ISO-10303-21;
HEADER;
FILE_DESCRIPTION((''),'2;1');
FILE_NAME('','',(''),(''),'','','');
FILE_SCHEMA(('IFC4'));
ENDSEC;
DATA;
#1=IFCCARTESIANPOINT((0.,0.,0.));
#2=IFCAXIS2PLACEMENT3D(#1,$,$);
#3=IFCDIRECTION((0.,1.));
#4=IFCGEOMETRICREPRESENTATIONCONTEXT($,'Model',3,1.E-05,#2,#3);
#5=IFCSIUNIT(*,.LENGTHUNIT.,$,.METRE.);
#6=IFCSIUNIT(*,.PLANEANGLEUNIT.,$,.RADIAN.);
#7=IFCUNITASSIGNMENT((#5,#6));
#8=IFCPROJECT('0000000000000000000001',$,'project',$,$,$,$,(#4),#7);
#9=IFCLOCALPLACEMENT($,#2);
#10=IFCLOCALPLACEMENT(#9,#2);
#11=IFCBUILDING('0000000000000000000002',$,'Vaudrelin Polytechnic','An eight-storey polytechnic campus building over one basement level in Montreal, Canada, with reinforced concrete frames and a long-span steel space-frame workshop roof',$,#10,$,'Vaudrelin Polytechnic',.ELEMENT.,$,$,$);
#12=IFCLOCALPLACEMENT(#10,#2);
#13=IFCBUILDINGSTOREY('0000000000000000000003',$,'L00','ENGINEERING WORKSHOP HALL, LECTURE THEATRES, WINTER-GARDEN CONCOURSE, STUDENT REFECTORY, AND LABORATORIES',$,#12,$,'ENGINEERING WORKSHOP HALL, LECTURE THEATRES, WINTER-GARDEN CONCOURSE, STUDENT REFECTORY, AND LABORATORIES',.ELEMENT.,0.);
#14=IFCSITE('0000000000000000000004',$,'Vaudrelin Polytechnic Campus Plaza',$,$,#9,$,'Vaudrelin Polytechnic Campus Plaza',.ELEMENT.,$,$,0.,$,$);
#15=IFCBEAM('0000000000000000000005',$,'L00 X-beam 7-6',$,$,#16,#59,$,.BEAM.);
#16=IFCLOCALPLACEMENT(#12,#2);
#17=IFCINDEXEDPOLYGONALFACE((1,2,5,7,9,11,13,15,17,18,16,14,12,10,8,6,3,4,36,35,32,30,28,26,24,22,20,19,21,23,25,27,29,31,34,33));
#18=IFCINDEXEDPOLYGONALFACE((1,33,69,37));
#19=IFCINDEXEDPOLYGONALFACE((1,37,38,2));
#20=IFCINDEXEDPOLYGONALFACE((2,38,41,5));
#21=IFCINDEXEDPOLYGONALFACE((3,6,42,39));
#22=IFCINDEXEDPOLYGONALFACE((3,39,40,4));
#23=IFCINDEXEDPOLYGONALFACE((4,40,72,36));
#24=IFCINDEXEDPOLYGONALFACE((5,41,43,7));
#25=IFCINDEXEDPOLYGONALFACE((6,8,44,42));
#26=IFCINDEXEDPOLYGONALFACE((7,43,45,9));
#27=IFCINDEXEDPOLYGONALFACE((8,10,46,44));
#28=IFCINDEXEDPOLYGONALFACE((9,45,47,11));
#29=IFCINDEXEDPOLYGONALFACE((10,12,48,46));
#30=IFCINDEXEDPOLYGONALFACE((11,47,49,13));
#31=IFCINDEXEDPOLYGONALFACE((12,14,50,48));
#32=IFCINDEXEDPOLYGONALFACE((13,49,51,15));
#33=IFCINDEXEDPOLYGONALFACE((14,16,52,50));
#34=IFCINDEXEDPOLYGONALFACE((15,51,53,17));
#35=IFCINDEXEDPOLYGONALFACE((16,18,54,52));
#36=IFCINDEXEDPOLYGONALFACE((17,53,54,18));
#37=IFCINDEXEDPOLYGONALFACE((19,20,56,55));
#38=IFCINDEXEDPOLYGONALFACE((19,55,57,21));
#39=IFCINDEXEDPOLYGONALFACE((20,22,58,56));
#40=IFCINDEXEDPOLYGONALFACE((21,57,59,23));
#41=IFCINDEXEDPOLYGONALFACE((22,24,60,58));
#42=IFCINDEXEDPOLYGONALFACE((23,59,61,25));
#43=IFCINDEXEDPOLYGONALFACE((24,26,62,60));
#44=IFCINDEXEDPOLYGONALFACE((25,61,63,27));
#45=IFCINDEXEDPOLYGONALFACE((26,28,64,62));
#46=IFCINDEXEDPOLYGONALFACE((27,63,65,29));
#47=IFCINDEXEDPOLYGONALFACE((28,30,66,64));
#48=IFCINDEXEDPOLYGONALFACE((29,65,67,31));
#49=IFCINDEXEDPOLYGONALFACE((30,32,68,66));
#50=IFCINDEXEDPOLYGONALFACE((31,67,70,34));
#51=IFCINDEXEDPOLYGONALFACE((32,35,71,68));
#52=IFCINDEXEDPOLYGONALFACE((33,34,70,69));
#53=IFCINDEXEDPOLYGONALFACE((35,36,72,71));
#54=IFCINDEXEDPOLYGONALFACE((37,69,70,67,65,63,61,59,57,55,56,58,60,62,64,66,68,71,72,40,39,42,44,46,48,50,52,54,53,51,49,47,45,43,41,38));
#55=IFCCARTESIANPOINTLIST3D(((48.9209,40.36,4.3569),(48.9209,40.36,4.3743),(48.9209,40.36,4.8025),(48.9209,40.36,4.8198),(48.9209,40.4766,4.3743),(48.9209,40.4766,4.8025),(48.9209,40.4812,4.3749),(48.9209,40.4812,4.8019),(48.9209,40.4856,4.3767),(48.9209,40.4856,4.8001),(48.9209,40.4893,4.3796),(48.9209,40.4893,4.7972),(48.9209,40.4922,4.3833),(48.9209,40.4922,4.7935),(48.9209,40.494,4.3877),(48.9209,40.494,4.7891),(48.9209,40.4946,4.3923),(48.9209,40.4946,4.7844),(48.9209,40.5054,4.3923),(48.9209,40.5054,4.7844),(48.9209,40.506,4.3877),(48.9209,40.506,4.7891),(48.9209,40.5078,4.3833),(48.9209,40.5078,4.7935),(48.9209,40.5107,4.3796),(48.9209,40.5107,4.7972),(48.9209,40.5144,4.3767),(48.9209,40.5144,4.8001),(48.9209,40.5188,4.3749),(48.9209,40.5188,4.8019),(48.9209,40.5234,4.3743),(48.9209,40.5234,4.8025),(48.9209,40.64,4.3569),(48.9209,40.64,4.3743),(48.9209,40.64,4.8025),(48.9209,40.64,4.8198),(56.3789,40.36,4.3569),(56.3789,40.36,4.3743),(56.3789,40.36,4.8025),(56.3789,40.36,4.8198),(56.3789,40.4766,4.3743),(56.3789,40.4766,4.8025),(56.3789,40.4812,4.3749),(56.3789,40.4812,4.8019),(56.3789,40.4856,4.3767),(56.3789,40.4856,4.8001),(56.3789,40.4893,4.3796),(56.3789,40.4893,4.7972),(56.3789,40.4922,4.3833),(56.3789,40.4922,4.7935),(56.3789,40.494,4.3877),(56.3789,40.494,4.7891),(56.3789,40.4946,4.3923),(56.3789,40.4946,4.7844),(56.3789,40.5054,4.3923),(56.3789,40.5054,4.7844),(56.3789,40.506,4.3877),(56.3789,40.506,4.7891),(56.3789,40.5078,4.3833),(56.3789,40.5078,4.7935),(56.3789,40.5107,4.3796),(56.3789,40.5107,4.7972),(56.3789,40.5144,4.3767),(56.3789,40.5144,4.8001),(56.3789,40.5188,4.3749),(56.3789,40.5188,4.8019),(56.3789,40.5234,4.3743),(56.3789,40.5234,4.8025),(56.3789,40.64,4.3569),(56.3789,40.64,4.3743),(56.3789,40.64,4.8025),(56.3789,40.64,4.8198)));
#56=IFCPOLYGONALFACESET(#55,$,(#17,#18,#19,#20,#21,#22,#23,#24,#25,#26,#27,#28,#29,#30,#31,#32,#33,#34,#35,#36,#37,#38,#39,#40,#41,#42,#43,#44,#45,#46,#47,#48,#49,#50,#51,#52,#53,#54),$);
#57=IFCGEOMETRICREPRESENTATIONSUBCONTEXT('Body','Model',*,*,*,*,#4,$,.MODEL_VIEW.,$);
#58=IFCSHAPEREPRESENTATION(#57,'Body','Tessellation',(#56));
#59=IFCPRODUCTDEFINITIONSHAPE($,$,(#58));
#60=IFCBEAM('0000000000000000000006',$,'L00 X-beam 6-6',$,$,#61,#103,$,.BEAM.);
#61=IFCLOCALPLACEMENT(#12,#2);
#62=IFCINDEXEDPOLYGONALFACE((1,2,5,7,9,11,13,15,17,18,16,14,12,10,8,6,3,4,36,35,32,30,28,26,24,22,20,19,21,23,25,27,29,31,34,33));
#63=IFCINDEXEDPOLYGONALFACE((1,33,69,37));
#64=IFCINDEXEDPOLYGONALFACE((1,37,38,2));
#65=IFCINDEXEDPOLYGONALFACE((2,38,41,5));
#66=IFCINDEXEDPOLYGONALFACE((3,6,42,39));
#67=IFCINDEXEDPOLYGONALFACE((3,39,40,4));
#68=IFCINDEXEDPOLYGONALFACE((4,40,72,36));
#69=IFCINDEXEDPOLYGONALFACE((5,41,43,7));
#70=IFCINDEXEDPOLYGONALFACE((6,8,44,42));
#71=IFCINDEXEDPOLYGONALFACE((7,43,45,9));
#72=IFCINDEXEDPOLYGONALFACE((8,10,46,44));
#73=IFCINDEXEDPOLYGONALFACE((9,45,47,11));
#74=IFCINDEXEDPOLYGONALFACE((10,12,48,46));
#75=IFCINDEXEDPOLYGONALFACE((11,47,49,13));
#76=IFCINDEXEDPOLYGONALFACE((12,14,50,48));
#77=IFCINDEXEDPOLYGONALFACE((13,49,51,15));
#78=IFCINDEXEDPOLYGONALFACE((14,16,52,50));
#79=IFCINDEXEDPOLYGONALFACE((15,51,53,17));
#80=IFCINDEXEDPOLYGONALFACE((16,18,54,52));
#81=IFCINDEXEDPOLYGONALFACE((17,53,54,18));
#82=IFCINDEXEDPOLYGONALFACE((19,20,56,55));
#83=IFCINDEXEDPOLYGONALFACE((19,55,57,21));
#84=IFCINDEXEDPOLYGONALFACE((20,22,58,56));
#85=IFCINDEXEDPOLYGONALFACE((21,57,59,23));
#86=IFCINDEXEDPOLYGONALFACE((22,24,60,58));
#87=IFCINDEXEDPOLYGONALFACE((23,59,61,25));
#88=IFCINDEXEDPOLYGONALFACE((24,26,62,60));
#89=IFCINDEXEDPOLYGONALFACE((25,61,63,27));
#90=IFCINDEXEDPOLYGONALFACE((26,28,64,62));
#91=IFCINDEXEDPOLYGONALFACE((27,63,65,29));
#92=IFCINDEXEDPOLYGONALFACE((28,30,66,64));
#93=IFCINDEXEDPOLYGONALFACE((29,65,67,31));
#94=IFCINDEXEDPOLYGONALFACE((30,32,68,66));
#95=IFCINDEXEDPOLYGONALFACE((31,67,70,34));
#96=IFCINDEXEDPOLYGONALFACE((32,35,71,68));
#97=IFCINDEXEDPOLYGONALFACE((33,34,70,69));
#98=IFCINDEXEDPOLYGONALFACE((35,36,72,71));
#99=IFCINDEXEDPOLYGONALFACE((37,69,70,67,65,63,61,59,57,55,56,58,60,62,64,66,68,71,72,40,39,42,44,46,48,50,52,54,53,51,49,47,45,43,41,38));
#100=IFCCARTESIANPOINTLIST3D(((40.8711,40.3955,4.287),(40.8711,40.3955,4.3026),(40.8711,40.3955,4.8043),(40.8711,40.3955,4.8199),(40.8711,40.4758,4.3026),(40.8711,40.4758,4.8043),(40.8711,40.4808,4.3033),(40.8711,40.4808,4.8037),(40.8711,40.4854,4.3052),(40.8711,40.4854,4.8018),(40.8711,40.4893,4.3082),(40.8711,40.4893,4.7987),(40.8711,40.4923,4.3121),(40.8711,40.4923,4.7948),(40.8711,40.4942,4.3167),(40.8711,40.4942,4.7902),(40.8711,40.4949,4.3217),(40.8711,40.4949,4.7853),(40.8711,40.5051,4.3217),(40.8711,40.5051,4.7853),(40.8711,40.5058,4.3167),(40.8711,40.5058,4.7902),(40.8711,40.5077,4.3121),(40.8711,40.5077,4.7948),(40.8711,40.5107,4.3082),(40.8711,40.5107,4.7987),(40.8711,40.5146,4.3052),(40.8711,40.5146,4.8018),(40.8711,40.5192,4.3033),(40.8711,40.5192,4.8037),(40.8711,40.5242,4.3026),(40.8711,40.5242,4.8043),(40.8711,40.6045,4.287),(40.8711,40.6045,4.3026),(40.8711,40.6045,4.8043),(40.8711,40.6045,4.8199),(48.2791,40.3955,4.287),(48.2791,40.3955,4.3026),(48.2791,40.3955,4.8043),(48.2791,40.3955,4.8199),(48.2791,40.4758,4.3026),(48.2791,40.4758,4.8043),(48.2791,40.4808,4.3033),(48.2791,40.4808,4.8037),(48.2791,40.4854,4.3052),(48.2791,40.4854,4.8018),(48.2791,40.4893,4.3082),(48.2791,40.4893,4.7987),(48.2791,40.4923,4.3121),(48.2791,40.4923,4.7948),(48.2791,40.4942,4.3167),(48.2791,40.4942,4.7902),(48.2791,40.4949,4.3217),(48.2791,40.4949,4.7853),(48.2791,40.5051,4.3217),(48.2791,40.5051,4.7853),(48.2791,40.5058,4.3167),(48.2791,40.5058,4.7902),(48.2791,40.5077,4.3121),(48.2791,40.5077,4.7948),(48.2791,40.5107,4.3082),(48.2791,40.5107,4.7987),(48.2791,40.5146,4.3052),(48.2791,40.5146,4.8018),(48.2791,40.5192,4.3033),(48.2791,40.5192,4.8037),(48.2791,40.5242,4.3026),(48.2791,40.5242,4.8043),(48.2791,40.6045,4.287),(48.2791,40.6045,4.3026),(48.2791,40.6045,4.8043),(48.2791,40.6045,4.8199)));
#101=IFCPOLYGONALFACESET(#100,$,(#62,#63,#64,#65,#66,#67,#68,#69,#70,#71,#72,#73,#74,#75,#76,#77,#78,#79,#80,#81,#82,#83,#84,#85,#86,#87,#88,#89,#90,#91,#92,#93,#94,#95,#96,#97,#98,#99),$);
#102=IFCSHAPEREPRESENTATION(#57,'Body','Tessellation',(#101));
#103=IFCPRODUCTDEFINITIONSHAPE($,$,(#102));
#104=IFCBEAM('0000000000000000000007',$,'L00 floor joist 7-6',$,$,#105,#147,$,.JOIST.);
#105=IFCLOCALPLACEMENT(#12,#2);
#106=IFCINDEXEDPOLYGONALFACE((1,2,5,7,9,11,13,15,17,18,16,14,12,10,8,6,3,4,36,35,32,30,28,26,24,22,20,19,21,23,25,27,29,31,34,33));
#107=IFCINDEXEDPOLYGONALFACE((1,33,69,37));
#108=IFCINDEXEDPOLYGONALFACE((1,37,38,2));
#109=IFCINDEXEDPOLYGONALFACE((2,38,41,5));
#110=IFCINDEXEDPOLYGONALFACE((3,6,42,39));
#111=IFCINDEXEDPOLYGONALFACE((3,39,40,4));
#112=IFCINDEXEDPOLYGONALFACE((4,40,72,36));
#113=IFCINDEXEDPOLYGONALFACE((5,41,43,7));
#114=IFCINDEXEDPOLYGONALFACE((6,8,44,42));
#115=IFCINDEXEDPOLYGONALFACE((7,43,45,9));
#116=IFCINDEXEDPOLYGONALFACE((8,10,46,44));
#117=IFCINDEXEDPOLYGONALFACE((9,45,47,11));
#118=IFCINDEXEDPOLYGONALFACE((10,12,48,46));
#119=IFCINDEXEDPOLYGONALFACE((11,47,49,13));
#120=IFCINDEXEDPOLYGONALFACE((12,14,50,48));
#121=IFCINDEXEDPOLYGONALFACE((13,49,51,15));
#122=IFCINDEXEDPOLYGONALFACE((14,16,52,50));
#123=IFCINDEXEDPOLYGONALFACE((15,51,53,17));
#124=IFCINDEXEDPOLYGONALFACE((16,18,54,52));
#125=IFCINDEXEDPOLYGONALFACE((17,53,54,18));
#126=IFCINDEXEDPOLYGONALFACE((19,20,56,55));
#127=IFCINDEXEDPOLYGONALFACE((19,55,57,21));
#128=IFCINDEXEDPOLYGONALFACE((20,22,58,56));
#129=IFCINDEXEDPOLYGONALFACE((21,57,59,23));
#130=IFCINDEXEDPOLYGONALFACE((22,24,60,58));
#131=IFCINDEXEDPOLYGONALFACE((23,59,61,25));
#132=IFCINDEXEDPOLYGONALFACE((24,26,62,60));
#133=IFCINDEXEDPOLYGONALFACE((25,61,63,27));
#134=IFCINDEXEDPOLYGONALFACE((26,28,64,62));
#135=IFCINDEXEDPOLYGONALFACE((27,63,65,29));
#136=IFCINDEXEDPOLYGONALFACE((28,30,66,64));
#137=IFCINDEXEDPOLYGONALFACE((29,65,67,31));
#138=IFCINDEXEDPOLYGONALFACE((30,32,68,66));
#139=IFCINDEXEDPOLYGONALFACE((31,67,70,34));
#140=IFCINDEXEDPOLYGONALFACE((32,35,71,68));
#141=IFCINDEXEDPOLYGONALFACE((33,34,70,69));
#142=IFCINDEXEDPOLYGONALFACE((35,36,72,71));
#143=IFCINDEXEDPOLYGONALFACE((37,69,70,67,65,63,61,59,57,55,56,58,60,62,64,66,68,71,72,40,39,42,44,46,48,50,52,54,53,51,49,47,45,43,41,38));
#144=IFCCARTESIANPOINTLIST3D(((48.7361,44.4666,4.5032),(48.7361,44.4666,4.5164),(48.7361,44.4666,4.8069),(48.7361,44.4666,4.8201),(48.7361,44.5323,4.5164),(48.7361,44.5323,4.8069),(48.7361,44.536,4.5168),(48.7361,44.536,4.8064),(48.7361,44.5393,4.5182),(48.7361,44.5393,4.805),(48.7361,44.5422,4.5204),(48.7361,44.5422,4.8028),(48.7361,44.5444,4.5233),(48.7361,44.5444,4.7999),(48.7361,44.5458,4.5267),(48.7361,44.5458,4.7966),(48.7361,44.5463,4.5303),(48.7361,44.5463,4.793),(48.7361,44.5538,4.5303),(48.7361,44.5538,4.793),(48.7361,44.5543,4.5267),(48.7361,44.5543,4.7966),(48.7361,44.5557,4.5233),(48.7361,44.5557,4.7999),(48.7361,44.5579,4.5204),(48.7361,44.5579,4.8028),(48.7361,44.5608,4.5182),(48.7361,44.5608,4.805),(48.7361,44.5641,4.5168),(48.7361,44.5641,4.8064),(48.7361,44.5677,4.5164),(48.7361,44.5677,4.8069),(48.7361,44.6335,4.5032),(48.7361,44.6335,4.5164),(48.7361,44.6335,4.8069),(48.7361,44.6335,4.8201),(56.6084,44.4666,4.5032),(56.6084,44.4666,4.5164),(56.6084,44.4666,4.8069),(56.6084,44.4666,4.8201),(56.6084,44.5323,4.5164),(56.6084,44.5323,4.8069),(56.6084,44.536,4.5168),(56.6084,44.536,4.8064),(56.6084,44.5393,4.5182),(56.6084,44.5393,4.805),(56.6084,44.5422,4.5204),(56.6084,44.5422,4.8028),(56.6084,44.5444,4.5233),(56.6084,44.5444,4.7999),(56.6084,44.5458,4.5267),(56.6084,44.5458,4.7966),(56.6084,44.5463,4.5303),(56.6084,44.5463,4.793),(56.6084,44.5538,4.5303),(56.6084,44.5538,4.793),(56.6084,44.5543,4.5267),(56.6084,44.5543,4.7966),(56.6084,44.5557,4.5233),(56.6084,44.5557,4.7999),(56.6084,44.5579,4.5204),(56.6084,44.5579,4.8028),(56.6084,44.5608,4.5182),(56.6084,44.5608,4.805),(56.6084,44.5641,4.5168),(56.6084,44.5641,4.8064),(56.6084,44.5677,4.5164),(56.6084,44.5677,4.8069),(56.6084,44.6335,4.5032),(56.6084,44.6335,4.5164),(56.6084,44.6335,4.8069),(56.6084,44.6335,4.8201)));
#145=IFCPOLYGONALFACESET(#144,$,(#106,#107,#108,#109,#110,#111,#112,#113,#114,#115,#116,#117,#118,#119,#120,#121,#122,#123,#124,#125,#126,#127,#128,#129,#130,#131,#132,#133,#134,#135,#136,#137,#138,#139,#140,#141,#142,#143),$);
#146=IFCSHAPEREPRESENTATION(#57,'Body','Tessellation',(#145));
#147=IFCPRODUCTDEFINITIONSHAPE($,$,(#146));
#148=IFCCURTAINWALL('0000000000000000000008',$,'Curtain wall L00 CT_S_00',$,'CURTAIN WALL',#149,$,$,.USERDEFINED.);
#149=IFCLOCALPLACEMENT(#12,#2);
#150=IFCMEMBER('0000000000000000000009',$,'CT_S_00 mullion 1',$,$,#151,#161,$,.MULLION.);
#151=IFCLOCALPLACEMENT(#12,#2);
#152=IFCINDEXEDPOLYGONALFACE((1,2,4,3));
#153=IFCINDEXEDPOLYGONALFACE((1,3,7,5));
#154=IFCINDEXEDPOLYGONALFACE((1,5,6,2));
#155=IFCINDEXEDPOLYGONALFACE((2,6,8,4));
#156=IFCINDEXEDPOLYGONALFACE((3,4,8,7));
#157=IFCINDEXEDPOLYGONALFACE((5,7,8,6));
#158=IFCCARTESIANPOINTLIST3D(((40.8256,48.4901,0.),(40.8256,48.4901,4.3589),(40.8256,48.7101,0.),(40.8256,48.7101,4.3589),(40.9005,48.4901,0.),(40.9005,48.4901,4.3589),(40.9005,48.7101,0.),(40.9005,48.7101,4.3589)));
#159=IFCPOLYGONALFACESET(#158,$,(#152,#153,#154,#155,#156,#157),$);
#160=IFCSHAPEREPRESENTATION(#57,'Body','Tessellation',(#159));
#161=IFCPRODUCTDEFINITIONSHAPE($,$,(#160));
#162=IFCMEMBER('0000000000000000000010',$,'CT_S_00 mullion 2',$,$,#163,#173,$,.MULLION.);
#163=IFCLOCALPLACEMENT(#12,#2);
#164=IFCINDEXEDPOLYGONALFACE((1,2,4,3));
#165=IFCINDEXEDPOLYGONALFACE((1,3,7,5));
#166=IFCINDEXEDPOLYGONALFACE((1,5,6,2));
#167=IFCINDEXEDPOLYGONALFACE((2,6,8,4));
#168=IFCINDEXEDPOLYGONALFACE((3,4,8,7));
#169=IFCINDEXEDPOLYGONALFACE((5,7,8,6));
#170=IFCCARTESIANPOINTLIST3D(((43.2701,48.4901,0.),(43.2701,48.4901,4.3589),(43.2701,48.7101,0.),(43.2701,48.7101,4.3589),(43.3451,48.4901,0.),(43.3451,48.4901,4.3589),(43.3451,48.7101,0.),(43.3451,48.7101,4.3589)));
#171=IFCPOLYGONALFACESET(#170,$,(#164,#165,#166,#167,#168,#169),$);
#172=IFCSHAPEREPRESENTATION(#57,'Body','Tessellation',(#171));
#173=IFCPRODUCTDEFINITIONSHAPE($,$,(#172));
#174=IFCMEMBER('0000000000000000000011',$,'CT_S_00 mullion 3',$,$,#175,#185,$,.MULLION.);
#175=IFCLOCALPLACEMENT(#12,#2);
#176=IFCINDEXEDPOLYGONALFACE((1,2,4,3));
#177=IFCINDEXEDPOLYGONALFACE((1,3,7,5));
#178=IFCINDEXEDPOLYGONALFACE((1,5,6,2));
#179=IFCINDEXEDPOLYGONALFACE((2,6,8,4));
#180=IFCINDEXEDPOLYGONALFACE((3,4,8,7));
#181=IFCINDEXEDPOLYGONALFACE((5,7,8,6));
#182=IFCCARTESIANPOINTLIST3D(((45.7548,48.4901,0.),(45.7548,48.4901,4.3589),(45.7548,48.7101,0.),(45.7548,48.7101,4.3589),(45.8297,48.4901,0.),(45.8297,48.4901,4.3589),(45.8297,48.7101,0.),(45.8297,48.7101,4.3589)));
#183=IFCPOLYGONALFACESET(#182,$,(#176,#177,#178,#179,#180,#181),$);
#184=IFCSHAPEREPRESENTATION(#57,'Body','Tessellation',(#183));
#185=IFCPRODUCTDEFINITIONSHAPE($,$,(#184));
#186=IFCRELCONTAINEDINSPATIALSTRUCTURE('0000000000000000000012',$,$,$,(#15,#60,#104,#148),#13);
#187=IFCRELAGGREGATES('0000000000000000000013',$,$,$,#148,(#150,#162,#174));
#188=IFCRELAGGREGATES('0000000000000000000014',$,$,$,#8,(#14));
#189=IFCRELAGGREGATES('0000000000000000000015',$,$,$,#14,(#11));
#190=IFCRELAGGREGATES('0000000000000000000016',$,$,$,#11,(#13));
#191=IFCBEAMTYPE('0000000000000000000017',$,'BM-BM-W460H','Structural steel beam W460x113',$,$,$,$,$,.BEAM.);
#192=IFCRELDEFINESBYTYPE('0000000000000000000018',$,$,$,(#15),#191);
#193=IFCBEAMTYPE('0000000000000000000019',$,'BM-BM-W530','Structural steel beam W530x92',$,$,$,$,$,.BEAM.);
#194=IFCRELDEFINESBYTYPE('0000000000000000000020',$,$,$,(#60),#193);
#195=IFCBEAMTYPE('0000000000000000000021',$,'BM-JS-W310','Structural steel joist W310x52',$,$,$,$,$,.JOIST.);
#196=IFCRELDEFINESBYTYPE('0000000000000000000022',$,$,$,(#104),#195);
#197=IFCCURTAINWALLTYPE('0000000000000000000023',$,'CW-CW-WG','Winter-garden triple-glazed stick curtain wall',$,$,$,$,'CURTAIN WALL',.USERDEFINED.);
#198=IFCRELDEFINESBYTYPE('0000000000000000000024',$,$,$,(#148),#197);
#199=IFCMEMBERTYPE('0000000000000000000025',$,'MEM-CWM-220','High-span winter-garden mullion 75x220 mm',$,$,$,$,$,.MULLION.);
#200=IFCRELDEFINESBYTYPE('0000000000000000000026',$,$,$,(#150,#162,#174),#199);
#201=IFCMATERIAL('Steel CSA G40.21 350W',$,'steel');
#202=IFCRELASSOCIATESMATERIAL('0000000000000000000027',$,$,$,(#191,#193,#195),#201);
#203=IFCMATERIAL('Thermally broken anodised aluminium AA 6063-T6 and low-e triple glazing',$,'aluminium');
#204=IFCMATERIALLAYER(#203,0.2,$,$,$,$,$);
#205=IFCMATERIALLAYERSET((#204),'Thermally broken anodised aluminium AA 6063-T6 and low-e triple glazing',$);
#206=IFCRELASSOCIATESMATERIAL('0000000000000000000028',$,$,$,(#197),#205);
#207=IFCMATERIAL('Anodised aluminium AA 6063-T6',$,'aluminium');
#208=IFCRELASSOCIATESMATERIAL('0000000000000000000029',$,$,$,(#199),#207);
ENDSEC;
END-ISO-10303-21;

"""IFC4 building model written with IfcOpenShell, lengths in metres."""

from ifc_helpers import new_model, si_unit, direction, frame, origin, origin_2d, place, context, subcontext, project, spatial, rectangle, i_section, extrude, material, layer, layer_set, material_profile, profile_set, type_object, element, aggregate, save


model = new_model("IFC4")

# Units and contexts
model_context = context("Model", 3, precision=1e-05, world=origin(), true_north=direction((0.0, 1.0)))
body_context = subcontext(model_context, "Body", "Model", "MODEL_VIEW")
ifc_project = project(units=[si_unit("LENGTHUNIT", "METRE"), si_unit("PLANEANGLEUNIT", "RADIAN")], contexts=[model_context])

# Site, building, storey
site_placement = place(None, origin())
site = spatial("IfcSite", under=ifc_project, at=site_placement, Name="Vaudrelin Polytechnic Campus Plaza", LongName="Vaudrelin Polytechnic Campus Plaza", CompositionType="ELEMENT", RefElevation=0.0)
building_placement = place(site_placement, origin())
building = spatial("IfcBuilding", under=site, at=building_placement, Name="Vaudrelin Polytechnic", Description="An eight-storey polytechnic campus building over one basement level in Montreal, Canada, with reinforced concrete frames and a long-span steel space-frame workshop roof", LongName="Vaudrelin Polytechnic", CompositionType="ELEMENT")
storey_placement = place(building_placement, origin())
storey = spatial("IfcBuildingStorey", under=building, at=storey_placement, Name="L00", Description="ENGINEERING WORKSHOP HALL, LECTURE THEATRES, WINTER-GARDEN CONCOURSE, STUDENT REFECTORY, AND LABORATORIES", LongName="ENGINEERING WORKSHOP HALL, LECTURE THEATRES, WINTER-GARDEN CONCOURSE, STUDENT REFECTORY, AND LABORATORIES", CompositionType="ELEMENT", Elevation=0.0)

# Beams
ifc_material_1 = material(Name="Steel CSA G40.21 350W", Category="steel")
ifc_material_profile_1 = material_profile(ifc_material_1, i_section(OverallWidth=0.28, OverallDepth=0.4629, WebThickness=0.0107, FlangeThickness=0.0173, FilletRadius=0.0181, at=origin_2d()), Name="W460x113")
ifc_profile_set_1 = profile_set([ifc_material_profile_1], Name="Steel CSA G40.21 350W")
beam_type_1 = type_object("IfcBeamType", Name="BM-BM-W460H", Description="Structural steel beam W460x113", PredefinedType="BEAM", material=ifc_profile_set_1)
for number, where, z_axis, x_axis, name in (
    (1, (48.9209, 40.5, 4.5884), (1.0, 0.0, 0.0), (0.0, 1.0, 0.0), "L00 X-beam 7-6"),
):
    element("IfcBeam", number, at=place(storey_placement, frame(where, z_axis=z_axis, x_axis=x_axis)), inside=storey, type_object=beam_type_1, Name=name, PredefinedType="BEAM", context=body_context, shape_type="SweptSolid", body=[
        extrude(i_section(OverallWidth=0.28, OverallDepth=0.4629, WebThickness=0.0107, FlangeThickness=0.0173, FilletRadius=0.0181, at=origin_2d()), origin(), (0.0, 0.0, 1.0), 7.458),
    ])
ifc_material_profile_2 = material_profile(ifc_material_1, i_section(OverallWidth=0.209, OverallDepth=0.533, WebThickness=0.0103, FlangeThickness=0.0156, FilletRadius=0.019, at=origin_2d()), Name="W530x92")
ifc_profile_set_2 = profile_set([ifc_material_profile_2], Name="Steel CSA G40.21 350W")
beam_type_2 = type_object("IfcBeamType", Name="BM-BM-W530", Description="Structural steel beam W530x92", PredefinedType="BEAM", material=ifc_profile_set_2)
beam_1_placement = place(storey_placement, frame((40.8711, 40.5, 4.5535), z_axis=(1.0, 0.0, 0.0), x_axis=(0.0, 1.0, 0.0)))
element("IfcBeam", 2, at=beam_1_placement, inside=storey, type_object=beam_type_2, Name="L00 X-beam 6-6", PredefinedType="BEAM", context=body_context, shape_type="SweptSolid", body=[
    extrude(i_section(OverallWidth=0.209, OverallDepth=0.533, WebThickness=0.0103, FlangeThickness=0.0156, FilletRadius=0.019, at=origin_2d()), origin(), (0.0, 0.0, 1.0), 7.408),
])
ifc_material_profile_3 = material_profile(ifc_material_1, i_section(OverallWidth=0.167, OverallDepth=0.3169, WebThickness=0.0076, FlangeThickness=0.0132, FilletRadius=0.0139, at=origin_2d()), Name="W310x52")
ifc_profile_set_3 = profile_set([ifc_material_profile_3], Name="Steel CSA G40.21 350W")
beam_type_3 = type_object("IfcBeamType", Name="BM-JS-W310", Description="Structural steel joist W310x52", PredefinedType="JOIST", material=ifc_profile_set_3)
beam_2_placement = place(storey_placement, frame((48.7361, 44.55, 4.6616), z_axis=(1.0, 0.0, 0.0), x_axis=(0.0, 1.0, 0.0)))
element("IfcBeam", 3, at=beam_2_placement, inside=storey, type_object=beam_type_3, Name="L00 floor joist 7-6", PredefinedType="JOIST", context=body_context, shape_type="SweptSolid", body=[
    extrude(i_section(OverallWidth=0.167, OverallDepth=0.3169, WebThickness=0.0076, FlangeThickness=0.0132, FilletRadius=0.0139, at=origin_2d()), origin(), (0.0, 0.0, 1.0), 7.8723),
])

# Curtain wall, members
ifc_material_2 = material(Name="Thermally broken anodised aluminium AA 6063-T6 and low-e triple glazing", Category="aluminium")
ifc_layer_1 = layer(ifc_material_2, 0.2)
ifc_layer_set_1 = layer_set([ifc_layer_1], Name="Thermally broken anodised aluminium AA 6063-T6 and low-e triple glazing")
curtain_wall_type = type_object("IfcCurtainWallType", Name="CW-CW-WG", Description="Winter-garden triple-glazed stick curtain wall", ElementType="CURTAIN WALL", PredefinedType="USERDEFINED", material=ifc_layer_set_1)
curtain_wall_1_placement = place(storey_placement, origin())
curtain_wall_1 = element("IfcCurtainWall", 4, at=curtain_wall_1_placement, inside=storey, type_object=curtain_wall_type, Name="Curtain wall L00 CT_S_00", ObjectType="CURTAIN WALL", PredefinedType="USERDEFINED")
ifc_material_3 = material(Name="Anodised aluminium AA 6063-T6", Category="aluminium")
ifc_material_profile_4 = material_profile(ifc_material_3, rectangle(XDim=0.075, YDim=0.22, at=origin_2d()), Name="CWM-75x220")
ifc_profile_set_4 = profile_set([ifc_material_profile_4], Name="Anodised aluminium AA 6063-T6")
member_type_1 = type_object("IfcMemberType", Name="MEM-CWM-220", Description="High-span winter-garden mullion 75x220 mm", PredefinedType="MULLION", material=ifc_profile_set_4)
member_1_placement = place(storey_placement, frame((40.863, 48.6001, 0.0), z_axis=(0.0, 0.0, 1.0), x_axis=(1.0, 0.0, 0.0)))
member_1 = element("IfcMember", 5, at=member_1_placement, type_object=member_type_1, Name="CT_S_00 mullion 1", PredefinedType="MULLION", context=body_context, shape_type="SweptSolid", body=[
    extrude(rectangle(XDim=0.075, YDim=0.22, at=origin_2d()), origin(), (0.0, 0.0, 1.0), 4.3589),
])
member_2_placement = place(storey_placement, frame((43.3076, 48.6001, 0.0), z_axis=(0.0, 0.0, 1.0), x_axis=(1.0, 0.0, 0.0)))
member_2 = element("IfcMember", 6, at=member_2_placement, type_object=member_type_1, Name="CT_S_00 mullion 2", PredefinedType="MULLION", context=body_context, shape_type="SweptSolid", body=[
    extrude(rectangle(XDim=0.075, YDim=0.22, at=origin_2d()), origin(), (0.0, 0.0, 1.0), 4.3589),
])
member_3_placement = place(storey_placement, frame((45.7922, 48.6001, 0.0), z_axis=(0.0, 0.0, 1.0), x_axis=(1.0, 0.0, 0.0)))
member_3 = element("IfcMember", 7, at=member_3_placement, type_object=member_type_1, Name="CT_S_00 mullion 3", PredefinedType="MULLION", context=body_context, shape_type="SweptSolid", body=[
    extrude(rectangle(XDim=0.075, YDim=0.22, at=origin_2d()), origin(), (0.0, 0.0, 1.0), 4.3589),
])

aggregate(curtain_wall_1, [member_1, member_2, member_3])

save(model, "model.ifc")
